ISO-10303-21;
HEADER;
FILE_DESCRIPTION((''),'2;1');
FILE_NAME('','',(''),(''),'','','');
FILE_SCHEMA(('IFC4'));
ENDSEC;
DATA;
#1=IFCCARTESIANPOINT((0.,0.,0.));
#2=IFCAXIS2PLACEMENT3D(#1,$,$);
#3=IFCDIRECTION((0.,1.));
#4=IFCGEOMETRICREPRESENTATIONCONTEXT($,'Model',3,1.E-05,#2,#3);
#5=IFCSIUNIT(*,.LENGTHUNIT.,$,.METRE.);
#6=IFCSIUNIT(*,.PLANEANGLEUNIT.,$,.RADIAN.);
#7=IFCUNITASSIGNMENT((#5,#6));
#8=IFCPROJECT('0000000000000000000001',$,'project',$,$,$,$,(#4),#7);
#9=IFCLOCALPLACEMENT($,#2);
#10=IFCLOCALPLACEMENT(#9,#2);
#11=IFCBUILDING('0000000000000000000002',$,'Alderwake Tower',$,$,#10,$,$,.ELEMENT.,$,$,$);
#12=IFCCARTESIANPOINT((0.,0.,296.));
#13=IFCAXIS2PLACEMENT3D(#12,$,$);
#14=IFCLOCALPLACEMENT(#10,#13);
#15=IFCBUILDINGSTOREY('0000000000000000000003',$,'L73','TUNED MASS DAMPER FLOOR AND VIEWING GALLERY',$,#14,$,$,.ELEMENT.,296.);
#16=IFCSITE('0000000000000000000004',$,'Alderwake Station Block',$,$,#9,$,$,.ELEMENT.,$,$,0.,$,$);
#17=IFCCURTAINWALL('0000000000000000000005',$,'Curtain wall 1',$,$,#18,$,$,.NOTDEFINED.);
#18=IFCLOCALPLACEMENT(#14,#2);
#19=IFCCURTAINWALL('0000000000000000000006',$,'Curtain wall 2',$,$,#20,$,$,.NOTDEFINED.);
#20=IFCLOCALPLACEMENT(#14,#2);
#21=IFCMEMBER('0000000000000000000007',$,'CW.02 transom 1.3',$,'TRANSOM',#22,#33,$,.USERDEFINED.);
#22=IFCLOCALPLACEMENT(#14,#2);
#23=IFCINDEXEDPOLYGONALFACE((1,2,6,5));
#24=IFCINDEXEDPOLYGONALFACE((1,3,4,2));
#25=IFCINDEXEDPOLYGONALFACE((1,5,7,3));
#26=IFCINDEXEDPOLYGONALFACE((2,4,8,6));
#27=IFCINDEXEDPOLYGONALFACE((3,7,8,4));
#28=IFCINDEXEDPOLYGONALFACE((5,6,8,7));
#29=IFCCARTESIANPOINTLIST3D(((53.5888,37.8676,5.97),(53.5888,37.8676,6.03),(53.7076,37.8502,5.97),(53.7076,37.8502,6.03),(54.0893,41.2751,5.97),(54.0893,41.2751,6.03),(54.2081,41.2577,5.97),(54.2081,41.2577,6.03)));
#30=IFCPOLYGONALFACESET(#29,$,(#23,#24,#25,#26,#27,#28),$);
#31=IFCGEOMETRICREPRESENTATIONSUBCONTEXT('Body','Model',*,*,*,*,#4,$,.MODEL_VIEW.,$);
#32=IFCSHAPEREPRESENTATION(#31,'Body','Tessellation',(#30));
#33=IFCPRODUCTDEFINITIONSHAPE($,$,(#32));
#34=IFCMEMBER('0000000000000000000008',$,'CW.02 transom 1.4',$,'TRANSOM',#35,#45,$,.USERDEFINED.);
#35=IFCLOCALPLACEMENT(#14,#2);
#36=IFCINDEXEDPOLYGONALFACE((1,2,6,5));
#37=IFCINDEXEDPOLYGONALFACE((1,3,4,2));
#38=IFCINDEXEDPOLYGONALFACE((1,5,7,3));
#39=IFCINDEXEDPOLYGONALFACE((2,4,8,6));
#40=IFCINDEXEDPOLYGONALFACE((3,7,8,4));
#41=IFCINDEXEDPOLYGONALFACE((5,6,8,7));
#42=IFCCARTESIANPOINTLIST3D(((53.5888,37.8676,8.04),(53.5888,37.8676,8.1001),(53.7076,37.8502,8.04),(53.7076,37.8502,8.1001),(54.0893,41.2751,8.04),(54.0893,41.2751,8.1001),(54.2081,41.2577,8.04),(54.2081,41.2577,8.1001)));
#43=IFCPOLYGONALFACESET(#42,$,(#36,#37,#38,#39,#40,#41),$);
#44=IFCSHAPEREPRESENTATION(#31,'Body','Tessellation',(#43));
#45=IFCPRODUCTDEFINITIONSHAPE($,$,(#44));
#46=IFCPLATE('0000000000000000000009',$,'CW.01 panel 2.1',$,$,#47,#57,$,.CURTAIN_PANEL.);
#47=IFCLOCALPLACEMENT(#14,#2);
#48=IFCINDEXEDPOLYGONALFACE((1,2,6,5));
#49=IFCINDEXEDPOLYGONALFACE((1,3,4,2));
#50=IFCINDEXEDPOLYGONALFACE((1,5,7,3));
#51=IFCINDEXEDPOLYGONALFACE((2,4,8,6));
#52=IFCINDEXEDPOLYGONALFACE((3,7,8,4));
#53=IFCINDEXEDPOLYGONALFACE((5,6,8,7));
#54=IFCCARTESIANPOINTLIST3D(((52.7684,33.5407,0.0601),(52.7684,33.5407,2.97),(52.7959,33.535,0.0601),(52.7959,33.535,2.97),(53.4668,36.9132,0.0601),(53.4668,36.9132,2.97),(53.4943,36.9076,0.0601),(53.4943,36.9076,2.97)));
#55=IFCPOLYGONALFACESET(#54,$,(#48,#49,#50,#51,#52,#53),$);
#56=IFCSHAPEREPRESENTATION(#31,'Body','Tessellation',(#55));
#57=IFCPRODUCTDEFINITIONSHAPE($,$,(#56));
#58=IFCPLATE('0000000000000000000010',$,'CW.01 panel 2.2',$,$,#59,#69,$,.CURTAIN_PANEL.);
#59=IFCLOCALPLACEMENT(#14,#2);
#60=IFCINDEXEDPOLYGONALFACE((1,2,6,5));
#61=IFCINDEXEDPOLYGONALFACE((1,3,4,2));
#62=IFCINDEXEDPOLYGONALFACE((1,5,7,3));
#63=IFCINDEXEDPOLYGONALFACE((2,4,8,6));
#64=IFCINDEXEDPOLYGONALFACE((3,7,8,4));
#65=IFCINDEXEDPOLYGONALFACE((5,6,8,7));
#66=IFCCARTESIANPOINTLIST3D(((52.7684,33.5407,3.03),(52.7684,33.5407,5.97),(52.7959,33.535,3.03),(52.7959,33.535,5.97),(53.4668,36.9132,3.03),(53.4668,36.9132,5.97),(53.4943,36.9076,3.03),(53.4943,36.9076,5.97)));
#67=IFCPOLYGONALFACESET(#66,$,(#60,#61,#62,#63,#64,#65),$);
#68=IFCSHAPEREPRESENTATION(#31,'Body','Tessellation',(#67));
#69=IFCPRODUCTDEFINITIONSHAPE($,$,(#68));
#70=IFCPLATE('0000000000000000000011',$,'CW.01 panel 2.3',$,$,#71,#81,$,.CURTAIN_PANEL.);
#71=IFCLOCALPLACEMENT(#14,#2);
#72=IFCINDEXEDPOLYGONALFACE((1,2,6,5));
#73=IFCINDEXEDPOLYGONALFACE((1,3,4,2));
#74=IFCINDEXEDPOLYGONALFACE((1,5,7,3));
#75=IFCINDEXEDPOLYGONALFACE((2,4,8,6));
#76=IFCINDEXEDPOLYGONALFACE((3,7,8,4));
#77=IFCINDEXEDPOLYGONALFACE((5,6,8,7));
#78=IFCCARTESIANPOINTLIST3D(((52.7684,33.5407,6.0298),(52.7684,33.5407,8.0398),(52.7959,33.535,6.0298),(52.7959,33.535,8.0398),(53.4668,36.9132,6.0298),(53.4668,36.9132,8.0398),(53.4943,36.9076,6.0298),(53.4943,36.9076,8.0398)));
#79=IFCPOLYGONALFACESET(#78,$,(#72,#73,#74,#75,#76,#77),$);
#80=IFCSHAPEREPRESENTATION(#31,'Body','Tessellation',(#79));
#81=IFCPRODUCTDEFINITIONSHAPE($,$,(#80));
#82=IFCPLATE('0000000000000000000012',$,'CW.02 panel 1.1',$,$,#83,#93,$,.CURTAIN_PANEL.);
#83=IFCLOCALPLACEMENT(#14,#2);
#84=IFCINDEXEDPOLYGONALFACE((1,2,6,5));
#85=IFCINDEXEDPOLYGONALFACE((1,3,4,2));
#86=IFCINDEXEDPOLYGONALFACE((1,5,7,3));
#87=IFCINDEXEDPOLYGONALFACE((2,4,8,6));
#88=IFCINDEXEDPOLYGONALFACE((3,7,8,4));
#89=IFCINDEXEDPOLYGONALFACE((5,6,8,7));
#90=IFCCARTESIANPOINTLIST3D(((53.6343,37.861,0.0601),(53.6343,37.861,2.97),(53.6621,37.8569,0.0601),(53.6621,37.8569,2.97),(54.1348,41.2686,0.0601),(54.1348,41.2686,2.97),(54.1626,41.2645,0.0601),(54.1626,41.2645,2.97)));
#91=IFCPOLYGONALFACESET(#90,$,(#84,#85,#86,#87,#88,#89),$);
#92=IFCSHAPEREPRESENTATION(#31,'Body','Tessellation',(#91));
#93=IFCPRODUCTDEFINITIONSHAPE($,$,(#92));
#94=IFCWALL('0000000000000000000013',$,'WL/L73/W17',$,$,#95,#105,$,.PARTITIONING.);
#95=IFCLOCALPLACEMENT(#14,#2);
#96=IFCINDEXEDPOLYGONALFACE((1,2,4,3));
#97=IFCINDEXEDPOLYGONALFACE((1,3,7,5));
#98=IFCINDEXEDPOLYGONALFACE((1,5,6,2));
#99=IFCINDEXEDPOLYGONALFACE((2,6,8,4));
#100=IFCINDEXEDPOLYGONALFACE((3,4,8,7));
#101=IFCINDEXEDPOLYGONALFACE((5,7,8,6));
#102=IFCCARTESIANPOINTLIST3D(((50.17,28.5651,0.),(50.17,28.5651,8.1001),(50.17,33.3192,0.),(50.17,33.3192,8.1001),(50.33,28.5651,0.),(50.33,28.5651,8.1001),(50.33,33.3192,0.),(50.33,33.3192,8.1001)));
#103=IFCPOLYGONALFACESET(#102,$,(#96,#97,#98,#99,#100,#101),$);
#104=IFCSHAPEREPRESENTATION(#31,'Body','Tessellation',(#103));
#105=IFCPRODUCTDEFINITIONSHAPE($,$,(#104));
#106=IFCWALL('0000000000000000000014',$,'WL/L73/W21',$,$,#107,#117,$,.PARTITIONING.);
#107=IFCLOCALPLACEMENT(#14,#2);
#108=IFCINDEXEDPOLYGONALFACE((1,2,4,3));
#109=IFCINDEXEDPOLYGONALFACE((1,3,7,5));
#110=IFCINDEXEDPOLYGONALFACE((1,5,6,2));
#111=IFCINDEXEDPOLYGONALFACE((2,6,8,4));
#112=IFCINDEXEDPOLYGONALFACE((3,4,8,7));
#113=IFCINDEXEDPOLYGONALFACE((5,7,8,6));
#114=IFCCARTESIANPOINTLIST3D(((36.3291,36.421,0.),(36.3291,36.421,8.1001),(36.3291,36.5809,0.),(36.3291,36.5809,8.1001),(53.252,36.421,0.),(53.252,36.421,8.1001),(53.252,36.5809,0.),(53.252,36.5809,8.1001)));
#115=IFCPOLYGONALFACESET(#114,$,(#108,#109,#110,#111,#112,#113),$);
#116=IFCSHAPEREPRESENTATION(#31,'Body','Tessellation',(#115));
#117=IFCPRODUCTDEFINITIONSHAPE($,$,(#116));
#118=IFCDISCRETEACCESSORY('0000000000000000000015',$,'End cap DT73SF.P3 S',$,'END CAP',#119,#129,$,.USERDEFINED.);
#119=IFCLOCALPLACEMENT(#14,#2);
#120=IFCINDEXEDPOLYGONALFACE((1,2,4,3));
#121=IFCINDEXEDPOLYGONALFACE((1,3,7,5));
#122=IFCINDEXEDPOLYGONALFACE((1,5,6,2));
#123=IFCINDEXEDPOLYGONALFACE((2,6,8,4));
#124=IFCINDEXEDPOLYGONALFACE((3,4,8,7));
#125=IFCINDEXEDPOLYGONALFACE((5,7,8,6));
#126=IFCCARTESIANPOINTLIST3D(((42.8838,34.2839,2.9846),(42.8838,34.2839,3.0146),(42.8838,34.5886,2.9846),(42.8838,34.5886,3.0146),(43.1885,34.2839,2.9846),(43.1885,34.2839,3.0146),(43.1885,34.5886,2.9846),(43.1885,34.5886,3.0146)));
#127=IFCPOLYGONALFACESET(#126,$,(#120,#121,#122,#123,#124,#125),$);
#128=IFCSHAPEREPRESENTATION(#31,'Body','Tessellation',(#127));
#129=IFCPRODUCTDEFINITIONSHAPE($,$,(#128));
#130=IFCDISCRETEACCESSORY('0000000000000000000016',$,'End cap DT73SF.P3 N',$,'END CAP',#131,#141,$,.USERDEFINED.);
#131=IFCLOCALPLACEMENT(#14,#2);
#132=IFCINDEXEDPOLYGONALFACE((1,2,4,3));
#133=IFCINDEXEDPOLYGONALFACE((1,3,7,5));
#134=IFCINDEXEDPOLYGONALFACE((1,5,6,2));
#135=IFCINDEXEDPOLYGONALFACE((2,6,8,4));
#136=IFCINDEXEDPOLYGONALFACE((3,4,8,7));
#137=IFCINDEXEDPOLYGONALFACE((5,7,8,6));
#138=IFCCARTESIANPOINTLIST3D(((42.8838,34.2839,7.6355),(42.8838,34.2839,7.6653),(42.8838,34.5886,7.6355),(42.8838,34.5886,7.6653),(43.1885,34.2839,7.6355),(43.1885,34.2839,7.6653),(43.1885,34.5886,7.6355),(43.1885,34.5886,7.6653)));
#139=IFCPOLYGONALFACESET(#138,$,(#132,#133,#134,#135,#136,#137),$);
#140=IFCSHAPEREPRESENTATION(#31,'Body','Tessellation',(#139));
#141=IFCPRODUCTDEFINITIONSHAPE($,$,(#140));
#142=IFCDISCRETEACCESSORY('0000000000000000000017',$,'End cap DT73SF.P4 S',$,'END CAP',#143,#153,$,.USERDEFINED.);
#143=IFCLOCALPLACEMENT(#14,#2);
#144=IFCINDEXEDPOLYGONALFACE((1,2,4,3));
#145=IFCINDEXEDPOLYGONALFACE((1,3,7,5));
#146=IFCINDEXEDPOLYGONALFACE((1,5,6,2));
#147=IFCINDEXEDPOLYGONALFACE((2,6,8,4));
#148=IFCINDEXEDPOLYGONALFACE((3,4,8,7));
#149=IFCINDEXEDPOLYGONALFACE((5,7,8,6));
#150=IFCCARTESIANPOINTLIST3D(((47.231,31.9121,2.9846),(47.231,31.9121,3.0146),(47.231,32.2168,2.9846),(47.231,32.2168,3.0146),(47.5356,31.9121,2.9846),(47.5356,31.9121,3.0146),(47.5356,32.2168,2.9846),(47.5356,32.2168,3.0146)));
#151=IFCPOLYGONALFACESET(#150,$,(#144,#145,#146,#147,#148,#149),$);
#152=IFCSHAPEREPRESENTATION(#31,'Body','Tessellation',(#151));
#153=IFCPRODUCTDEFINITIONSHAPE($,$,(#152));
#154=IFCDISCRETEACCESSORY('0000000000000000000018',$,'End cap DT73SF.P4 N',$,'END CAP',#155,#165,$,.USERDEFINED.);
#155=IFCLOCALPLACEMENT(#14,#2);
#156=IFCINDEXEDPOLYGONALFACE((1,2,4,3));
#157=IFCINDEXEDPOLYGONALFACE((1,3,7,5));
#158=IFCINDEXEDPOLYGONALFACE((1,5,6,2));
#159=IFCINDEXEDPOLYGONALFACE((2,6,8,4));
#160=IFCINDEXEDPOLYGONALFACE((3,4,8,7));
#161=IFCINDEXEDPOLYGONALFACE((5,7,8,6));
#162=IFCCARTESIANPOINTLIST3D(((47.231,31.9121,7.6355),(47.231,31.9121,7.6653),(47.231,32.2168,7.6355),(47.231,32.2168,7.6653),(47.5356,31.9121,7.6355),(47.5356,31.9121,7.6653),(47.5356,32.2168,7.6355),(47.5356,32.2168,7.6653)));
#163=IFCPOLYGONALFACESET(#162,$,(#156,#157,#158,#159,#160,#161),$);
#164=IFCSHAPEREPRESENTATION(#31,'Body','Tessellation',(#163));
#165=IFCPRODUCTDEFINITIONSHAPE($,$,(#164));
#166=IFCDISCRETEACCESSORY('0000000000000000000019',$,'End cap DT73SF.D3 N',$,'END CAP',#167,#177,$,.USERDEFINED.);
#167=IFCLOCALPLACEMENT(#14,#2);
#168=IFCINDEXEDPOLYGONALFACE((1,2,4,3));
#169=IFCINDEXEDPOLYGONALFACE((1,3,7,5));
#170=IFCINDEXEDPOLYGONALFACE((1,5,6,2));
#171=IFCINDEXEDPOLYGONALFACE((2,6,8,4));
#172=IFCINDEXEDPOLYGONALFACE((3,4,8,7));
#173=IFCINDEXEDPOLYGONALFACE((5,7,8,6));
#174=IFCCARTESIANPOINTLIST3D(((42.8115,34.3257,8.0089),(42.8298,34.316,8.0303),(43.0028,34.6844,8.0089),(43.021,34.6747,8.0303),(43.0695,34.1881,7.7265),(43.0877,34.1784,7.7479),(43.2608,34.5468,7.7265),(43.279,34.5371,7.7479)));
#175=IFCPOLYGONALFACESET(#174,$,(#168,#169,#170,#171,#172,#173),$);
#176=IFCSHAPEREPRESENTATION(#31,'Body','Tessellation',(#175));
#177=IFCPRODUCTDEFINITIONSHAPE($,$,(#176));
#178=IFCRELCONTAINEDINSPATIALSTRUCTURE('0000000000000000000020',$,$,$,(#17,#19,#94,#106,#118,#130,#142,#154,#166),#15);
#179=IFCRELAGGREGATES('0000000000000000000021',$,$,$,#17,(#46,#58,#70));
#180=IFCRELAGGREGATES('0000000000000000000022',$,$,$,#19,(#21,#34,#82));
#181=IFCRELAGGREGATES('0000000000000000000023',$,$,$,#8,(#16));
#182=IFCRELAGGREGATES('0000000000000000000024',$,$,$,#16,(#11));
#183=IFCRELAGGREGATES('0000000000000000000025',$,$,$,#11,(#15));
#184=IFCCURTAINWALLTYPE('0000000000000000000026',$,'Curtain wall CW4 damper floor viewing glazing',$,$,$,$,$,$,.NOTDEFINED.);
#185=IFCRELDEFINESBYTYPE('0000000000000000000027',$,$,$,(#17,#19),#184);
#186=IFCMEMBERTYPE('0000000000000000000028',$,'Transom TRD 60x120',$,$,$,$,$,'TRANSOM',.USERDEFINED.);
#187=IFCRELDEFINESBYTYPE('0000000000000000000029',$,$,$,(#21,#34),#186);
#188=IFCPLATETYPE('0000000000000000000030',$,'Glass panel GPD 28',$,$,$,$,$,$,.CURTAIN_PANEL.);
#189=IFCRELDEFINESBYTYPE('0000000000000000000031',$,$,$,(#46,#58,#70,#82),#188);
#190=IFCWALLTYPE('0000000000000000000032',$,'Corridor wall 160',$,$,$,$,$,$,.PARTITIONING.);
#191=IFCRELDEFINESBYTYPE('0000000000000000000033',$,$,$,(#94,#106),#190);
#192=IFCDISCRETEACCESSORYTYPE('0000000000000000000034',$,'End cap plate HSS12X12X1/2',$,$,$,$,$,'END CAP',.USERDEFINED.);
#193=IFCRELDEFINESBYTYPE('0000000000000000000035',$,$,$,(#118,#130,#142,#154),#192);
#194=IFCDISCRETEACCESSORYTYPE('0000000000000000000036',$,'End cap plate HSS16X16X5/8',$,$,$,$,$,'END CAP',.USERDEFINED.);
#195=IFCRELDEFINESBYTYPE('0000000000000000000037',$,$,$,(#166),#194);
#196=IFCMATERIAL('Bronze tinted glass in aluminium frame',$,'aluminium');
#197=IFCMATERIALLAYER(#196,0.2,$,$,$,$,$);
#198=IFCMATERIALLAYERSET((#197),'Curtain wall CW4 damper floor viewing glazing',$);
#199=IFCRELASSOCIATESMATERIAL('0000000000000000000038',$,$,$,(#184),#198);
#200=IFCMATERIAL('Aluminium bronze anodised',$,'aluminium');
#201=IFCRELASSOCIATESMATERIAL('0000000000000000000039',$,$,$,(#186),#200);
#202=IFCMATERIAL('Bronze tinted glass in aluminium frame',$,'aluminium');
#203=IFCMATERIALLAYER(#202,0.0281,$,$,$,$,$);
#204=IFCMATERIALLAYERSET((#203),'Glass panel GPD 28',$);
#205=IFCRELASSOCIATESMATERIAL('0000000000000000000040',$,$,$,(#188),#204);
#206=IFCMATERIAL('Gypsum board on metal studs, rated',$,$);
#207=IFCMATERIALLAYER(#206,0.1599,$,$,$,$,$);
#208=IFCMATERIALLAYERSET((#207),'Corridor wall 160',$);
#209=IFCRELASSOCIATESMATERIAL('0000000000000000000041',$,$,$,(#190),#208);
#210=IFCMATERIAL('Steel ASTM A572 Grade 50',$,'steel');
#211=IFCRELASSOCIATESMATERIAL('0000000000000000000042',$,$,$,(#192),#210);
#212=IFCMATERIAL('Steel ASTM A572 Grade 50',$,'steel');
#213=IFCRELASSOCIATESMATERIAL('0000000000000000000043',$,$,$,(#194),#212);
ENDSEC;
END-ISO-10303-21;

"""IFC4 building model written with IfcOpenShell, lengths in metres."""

from ifc_helpers import new_model, si_unit, direction, frame, frame_2d, origin, origin_2d, place, context, subcontext, project, spatial, rectangle, extrude, material, layer, layer_set, material_profile, profile_set, type_object, element, aggregate, save


model = new_model("IFC4")

# Units and contexts
model_context = context("Model", 3, precision=1e-05, world=origin(), true_north=direction((0.0, 1.0)))
body_context = subcontext(model_context, "Body", "Model", "MODEL_VIEW")
ifc_project = project(units=[si_unit("LENGTHUNIT", "METRE"), si_unit("PLANEANGLEUNIT", "RADIAN")], contexts=[model_context])

# Site, building, storey
site_placement = place(None, origin())
site = spatial("IfcSite", under=ifc_project, at=site_placement, Name="Alderwake Station Block", CompositionType="ELEMENT", RefElevation=0.0)
building_placement = place(site_placement, origin())
building = spatial("IfcBuilding", under=site, at=building_placement, Name="Alderwake Tower", CompositionType="ELEMENT")
storey_placement = place(building_placement, frame((0.0, 0.0, 296.0)))
storey = spatial("IfcBuildingStorey", under=building, at=storey_placement, Name="L73", Description="TUNED MASS DAMPER FLOOR AND VIEWING GALLERY", CompositionType="ELEMENT", Elevation=296.0)

# Curtain wall
ifc_material_1 = material(Name="Bronze tinted glass in aluminium frame", Category="aluminium")
ifc_layer_1 = layer(ifc_material_1, 0.2)
ifc_layer_set_1 = layer_set([ifc_layer_1], Name="Curtain wall CW4 damper floor viewing glazing")
curtain_wall_type = type_object("IfcCurtainWallType", Name="Curtain wall CW4 damper floor viewing glazing", PredefinedType="NOTDEFINED", material=ifc_layer_set_1)
curtain_wall_1_placement = place(storey_placement, origin())
curtain_wall_1 = element("IfcCurtainWall", 1, at=curtain_wall_1_placement, inside=storey, type_object=curtain_wall_type, Name="Curtain wall 1", PredefinedType="NOTDEFINED")

# Curtain wall
curtain_wall_2_placement = place(storey_placement, origin())
curtain_wall_2 = element("IfcCurtainWall", 2, at=curtain_wall_2_placement, inside=storey, type_object=curtain_wall_type, Name="Curtain wall 2", PredefinedType="NOTDEFINED")

# Members
ifc_material_2 = material(Name="Aluminium bronze anodised", Category="aluminium")
ifc_material_profile_1 = material_profile(ifc_material_2, rectangle(XDim=0.1201, YDim=0.0601, at=origin_2d()), Name="Transom TRD 60x120")
ifc_profile_set_1 = profile_set([ifc_material_profile_1], Name="Aluminium bronze anodised")
member_type_1 = type_object("IfcMemberType", Name="Transom TRD 60x120", ElementType="TRANSOM", PredefinedType="USERDEFINED", material=ifc_profile_set_1)
member_1_placement = place(storey_placement, frame((53.6482, 37.8589, 6.0), z_axis=(0.145321, 0.989385, 0.0), x_axis=(-0.989385, 0.145321, 0.0)))
member_1 = element("IfcMember", 3, at=member_1_placement, type_object=member_type_1, Name="CW.02 transom 1.3", ObjectType="TRANSOM", PredefinedType="USERDEFINED", context=body_context, shape_type="SweptSolid", body=[
    extrude(rectangle(XDim=0.1201, YDim=0.0601, at=origin_2d()), origin(), (0.0, 0.0, 1.0), 3.4441),
])
member_2_placement = place(storey_placement, frame((53.6482, 37.8589, 8.0701), z_axis=(0.145321, 0.989385, 0.0), x_axis=(-0.989385, 0.145321, 0.0)))
member_2 = element("IfcMember", 4, at=member_2_placement, type_object=member_type_1, Name="CW.02 transom 1.4", ObjectType="TRANSOM", PredefinedType="USERDEFINED", context=body_context, shape_type="SweptSolid", body=[
    extrude(rectangle(XDim=0.1201, YDim=0.0601, at=origin_2d()), origin(), (0.0, 0.0, 1.0), 3.4441),
])

# Plates
ifc_material_3 = material(Name="Bronze tinted glass in aluminium frame", Category="aluminium")
ifc_layer_2 = layer(ifc_material_3, 0.0281)
ifc_layer_set_2 = layer_set([ifc_layer_2], Name="Glass panel GPD 28")
plate_type = type_object("IfcPlateType", Name="Glass panel GPD 28", PredefinedType="CURTAIN_PANEL", material=ifc_layer_set_2)
plate_1_placement = place(storey_placement, frame((53.1313, 35.2241, 0.0601), z_axis=(0.0, 0.0, 1.0), x_axis=(0.202761, 0.979228, 0.0)))
plate_1 = element("IfcPlate", 5, at=plate_1_placement, type_object=plate_type, Name="CW.01 panel 2.1", PredefinedType="CURTAIN_PANEL", context=body_context, shape_type="SweptSolid", body=[
    extrude(rectangle(XDim=3.4441, YDim=0.0281, at=origin_2d()), origin(), (0.0, 0.0, 1.0), 2.9099),
])
plate_2_placement = place(storey_placement, frame((53.1313, 35.2241, 3.03), z_axis=(0.0, 0.0, 1.0), x_axis=(0.202761, 0.979228, 0.0)))
plate_2 = element("IfcPlate", 6, at=plate_2_placement, type_object=plate_type, Name="CW.01 panel 2.2", PredefinedType="CURTAIN_PANEL", context=body_context, shape_type="SweptSolid", body=[
    extrude(rectangle(XDim=3.4441, YDim=0.0281, at=origin_2d()), origin(), (0.0, 0.0, 1.0), 2.9399),
])
plate_3_placement = place(storey_placement, frame((53.1313, 35.2241, 6.0298), z_axis=(0.0, 0.0, 1.0), x_axis=(0.202761, 0.979228, 0.0)))
plate_3 = element("IfcPlate", 7, at=plate_3_placement, type_object=plate_type, Name="CW.01 panel 2.3", PredefinedType="CURTAIN_PANEL", context=body_context, shape_type="SweptSolid", body=[
    extrude(rectangle(XDim=3.4441, YDim=0.0281, at=origin_2d()), origin(), (0.0, 0.0, 1.0), 2.01),
])
aggregate(curtain_wall_1, [plate_1, plate_2, plate_3])
plate_4_placement = place(storey_placement, frame((53.8984, 39.5627, 0.0601), z_axis=(0.0, 0.0, 1.0), x_axis=(0.14531, 0.989386, 0.0)))
plate_4 = element("IfcPlate", 8, at=plate_4_placement, type_object=plate_type, Name="CW.02 panel 1.1", PredefinedType="CURTAIN_PANEL", context=body_context, shape_type="SweptSolid", body=[
    extrude(rectangle(XDim=3.4441, YDim=0.0281, at=origin_2d()), origin(), (0.0, 0.0, 1.0), 2.9099),
])
aggregate(curtain_wall_2, [member_1, member_2, plate_4])

# Walls
ifc_material_4 = material(Name="Gypsum board on metal studs, rated")
ifc_layer_3 = layer(ifc_material_4, 0.1599)
ifc_layer_set_3 = layer_set([ifc_layer_3], Name="Corridor wall 160")
wall_type = type_object("IfcWallType", Name="Corridor wall 160", PredefinedType="PARTITIONING", material=ifc_layer_set_3)
wall_1_placement = place(storey_placement, frame((50.25, 33.3191, 0.0), z_axis=(0.0, 0.0, 1.0), x_axis=(0.0, -1.0, 0.0)))
element("IfcWall", 9, at=wall_1_placement, inside=storey, type_object=wall_type, Name="WL/L73/W17", PredefinedType="PARTITIONING", context=body_context, shape_type="SweptSolid", body=[
    extrude(rectangle(XDim=4.7542, YDim=0.1599, at=frame_2d((2.377, 0.0))), origin(), (0.0, 0.0, 1.0), 8.1001),
])
wall_2_placement = place(storey_placement, frame((53.252, 36.501, 0.0), z_axis=(0.0, 0.0, 1.0), x_axis=(-1.0, 0.0, 0.0)))
element("IfcWall", 10, at=wall_2_placement, inside=storey, type_object=wall_type, Name="WL/L73/W21", PredefinedType="PARTITIONING", context=body_context, shape_type="SweptSolid", body=[
    extrude(rectangle(XDim=16.9229, YDim=0.1599, at=frame_2d((8.4614, 0.0))), origin(), (0.0, 0.0, 1.0), 8.1001),
])

# Discrete accessories
ifc_material_5 = material(Name="Steel ASTM A572 Grade 50", Category="steel")
ifc_material_profile_2 = material_profile(ifc_material_5, rectangle(XDim=0.3047, YDim=0.3047, at=origin_2d()), Name="HSS12X12X1/2 cap")
ifc_profile_set_2 = profile_set([ifc_material_profile_2], Name="Steel ASTM A572 Grade 50")
discrete_accessory_type_1 = type_object("IfcDiscreteAccessoryType", Name="End cap plate HSS12X12X1/2", ElementType="END CAP", PredefinedType="USERDEFINED", material=ifc_profile_set_2)
discrete_accessory_1_placement = place(storey_placement, frame((43.0361, 34.4363, 3.0146), z_axis=(0.0, 0.0, -1.0), x_axis=(1.0, 0.0, 0.0)))
element("IfcDiscreteAccessory", 11, at=discrete_accessory_1_placement, inside=storey, type_object=discrete_accessory_type_1, Name="End cap DT73SF.P3 S", ObjectType="END CAP", PredefinedType="USERDEFINED", context=body_context, shape_type="SweptSolid", body=[
    extrude(rectangle(XDim=0.3047, YDim=0.3047, at=origin_2d()), origin(), (0.0, 0.0, 1.0), 0.03),
])
discrete_accessory_2_placement = place(storey_placement, frame((43.0361, 34.4363, 7.6355), z_axis=(0.0, 0.0, 1.0), x_axis=(1.0, 0.0, 0.0)))
element("IfcDiscreteAccessory", 12, at=discrete_accessory_2_placement, inside=storey, type_object=discrete_accessory_type_1, Name="End cap DT73SF.P3 N", ObjectType="END CAP", PredefinedType="USERDEFINED", context=body_context, shape_type="SweptSolid", body=[
    extrude(rectangle(XDim=0.3047, YDim=0.3047, at=origin_2d()), origin(), (0.0, 0.0, 1.0), 0.0298),
])
discrete_accessory_3_placement = place(storey_placement, frame((47.3833, 32.0645, 3.0146), z_axis=(0.0, 0.0, -1.0), x_axis=(1.0, 0.0, 0.0)))
element("IfcDiscreteAccessory", 13, at=discrete_accessory_3_placement, inside=storey, type_object=discrete_accessory_type_1, Name="End cap DT73SF.P4 S", ObjectType="END CAP", PredefinedType="USERDEFINED", context=body_context, shape_type="SweptSolid", body=[
    extrude(rectangle(XDim=0.3047, YDim=0.3047, at=origin_2d()), origin(), (0.0, 0.0, 1.0), 0.03),
])
discrete_accessory_4_placement = place(storey_placement, frame((47.3833, 32.0645, 7.6355), z_axis=(0.0, 0.0, 1.0), x_axis=(1.0, 0.0, 0.0)))
element("IfcDiscreteAccessory", 14, at=discrete_accessory_4_placement, inside=storey, type_object=discrete_accessory_type_1, Name="End cap DT73SF.P4 N", ObjectType="END CAP", PredefinedType="USERDEFINED", context=body_context, shape_type="SweptSolid", body=[
    extrude(rectangle(XDim=0.3047, YDim=0.3047, at=origin_2d()), origin(), (0.0, 0.0, 1.0), 0.0298),
])
ifc_material_6 = material(Name="Steel ASTM A572 Grade 50", Category="steel")
ifc_material_profile_3 = material_profile(ifc_material_6, rectangle(XDim=0.4065, YDim=0.4065, at=origin_2d()), Name="HSS16X16X5/8 cap")
ifc_profile_set_3 = profile_set([ifc_material_profile_3], Name="Steel ASTM A572 Grade 50")
discrete_accessory_type_2 = type_object("IfcDiscreteAccessoryType", Name="End cap plate HSS16X16X5/8", ElementType="END CAP", PredefinedType="USERDEFINED", material=ifc_profile_set_3)
discrete_accessory_5_placement = place(storey_placement, frame((43.0361, 34.4363, 7.8677), z_axis=(0.613006, -0.326937, 0.719261), x_axis=(0.470588, 0.882353, 0.0)))
element("IfcDiscreteAccessory", 15, at=discrete_accessory_5_placement, inside=storey, type_object=discrete_accessory_type_2, Name="End cap DT73SF.D3 N", ObjectType="END CAP", PredefinedType="USERDEFINED", context=body_context, shape_type="SweptSolid", body=[
    extrude(rectangle(XDim=0.4065, YDim=0.4065, at=origin_2d()), origin(), (0.0, 0.0, 1.0), 0.0298),
])

save(model, "model.ifc")
